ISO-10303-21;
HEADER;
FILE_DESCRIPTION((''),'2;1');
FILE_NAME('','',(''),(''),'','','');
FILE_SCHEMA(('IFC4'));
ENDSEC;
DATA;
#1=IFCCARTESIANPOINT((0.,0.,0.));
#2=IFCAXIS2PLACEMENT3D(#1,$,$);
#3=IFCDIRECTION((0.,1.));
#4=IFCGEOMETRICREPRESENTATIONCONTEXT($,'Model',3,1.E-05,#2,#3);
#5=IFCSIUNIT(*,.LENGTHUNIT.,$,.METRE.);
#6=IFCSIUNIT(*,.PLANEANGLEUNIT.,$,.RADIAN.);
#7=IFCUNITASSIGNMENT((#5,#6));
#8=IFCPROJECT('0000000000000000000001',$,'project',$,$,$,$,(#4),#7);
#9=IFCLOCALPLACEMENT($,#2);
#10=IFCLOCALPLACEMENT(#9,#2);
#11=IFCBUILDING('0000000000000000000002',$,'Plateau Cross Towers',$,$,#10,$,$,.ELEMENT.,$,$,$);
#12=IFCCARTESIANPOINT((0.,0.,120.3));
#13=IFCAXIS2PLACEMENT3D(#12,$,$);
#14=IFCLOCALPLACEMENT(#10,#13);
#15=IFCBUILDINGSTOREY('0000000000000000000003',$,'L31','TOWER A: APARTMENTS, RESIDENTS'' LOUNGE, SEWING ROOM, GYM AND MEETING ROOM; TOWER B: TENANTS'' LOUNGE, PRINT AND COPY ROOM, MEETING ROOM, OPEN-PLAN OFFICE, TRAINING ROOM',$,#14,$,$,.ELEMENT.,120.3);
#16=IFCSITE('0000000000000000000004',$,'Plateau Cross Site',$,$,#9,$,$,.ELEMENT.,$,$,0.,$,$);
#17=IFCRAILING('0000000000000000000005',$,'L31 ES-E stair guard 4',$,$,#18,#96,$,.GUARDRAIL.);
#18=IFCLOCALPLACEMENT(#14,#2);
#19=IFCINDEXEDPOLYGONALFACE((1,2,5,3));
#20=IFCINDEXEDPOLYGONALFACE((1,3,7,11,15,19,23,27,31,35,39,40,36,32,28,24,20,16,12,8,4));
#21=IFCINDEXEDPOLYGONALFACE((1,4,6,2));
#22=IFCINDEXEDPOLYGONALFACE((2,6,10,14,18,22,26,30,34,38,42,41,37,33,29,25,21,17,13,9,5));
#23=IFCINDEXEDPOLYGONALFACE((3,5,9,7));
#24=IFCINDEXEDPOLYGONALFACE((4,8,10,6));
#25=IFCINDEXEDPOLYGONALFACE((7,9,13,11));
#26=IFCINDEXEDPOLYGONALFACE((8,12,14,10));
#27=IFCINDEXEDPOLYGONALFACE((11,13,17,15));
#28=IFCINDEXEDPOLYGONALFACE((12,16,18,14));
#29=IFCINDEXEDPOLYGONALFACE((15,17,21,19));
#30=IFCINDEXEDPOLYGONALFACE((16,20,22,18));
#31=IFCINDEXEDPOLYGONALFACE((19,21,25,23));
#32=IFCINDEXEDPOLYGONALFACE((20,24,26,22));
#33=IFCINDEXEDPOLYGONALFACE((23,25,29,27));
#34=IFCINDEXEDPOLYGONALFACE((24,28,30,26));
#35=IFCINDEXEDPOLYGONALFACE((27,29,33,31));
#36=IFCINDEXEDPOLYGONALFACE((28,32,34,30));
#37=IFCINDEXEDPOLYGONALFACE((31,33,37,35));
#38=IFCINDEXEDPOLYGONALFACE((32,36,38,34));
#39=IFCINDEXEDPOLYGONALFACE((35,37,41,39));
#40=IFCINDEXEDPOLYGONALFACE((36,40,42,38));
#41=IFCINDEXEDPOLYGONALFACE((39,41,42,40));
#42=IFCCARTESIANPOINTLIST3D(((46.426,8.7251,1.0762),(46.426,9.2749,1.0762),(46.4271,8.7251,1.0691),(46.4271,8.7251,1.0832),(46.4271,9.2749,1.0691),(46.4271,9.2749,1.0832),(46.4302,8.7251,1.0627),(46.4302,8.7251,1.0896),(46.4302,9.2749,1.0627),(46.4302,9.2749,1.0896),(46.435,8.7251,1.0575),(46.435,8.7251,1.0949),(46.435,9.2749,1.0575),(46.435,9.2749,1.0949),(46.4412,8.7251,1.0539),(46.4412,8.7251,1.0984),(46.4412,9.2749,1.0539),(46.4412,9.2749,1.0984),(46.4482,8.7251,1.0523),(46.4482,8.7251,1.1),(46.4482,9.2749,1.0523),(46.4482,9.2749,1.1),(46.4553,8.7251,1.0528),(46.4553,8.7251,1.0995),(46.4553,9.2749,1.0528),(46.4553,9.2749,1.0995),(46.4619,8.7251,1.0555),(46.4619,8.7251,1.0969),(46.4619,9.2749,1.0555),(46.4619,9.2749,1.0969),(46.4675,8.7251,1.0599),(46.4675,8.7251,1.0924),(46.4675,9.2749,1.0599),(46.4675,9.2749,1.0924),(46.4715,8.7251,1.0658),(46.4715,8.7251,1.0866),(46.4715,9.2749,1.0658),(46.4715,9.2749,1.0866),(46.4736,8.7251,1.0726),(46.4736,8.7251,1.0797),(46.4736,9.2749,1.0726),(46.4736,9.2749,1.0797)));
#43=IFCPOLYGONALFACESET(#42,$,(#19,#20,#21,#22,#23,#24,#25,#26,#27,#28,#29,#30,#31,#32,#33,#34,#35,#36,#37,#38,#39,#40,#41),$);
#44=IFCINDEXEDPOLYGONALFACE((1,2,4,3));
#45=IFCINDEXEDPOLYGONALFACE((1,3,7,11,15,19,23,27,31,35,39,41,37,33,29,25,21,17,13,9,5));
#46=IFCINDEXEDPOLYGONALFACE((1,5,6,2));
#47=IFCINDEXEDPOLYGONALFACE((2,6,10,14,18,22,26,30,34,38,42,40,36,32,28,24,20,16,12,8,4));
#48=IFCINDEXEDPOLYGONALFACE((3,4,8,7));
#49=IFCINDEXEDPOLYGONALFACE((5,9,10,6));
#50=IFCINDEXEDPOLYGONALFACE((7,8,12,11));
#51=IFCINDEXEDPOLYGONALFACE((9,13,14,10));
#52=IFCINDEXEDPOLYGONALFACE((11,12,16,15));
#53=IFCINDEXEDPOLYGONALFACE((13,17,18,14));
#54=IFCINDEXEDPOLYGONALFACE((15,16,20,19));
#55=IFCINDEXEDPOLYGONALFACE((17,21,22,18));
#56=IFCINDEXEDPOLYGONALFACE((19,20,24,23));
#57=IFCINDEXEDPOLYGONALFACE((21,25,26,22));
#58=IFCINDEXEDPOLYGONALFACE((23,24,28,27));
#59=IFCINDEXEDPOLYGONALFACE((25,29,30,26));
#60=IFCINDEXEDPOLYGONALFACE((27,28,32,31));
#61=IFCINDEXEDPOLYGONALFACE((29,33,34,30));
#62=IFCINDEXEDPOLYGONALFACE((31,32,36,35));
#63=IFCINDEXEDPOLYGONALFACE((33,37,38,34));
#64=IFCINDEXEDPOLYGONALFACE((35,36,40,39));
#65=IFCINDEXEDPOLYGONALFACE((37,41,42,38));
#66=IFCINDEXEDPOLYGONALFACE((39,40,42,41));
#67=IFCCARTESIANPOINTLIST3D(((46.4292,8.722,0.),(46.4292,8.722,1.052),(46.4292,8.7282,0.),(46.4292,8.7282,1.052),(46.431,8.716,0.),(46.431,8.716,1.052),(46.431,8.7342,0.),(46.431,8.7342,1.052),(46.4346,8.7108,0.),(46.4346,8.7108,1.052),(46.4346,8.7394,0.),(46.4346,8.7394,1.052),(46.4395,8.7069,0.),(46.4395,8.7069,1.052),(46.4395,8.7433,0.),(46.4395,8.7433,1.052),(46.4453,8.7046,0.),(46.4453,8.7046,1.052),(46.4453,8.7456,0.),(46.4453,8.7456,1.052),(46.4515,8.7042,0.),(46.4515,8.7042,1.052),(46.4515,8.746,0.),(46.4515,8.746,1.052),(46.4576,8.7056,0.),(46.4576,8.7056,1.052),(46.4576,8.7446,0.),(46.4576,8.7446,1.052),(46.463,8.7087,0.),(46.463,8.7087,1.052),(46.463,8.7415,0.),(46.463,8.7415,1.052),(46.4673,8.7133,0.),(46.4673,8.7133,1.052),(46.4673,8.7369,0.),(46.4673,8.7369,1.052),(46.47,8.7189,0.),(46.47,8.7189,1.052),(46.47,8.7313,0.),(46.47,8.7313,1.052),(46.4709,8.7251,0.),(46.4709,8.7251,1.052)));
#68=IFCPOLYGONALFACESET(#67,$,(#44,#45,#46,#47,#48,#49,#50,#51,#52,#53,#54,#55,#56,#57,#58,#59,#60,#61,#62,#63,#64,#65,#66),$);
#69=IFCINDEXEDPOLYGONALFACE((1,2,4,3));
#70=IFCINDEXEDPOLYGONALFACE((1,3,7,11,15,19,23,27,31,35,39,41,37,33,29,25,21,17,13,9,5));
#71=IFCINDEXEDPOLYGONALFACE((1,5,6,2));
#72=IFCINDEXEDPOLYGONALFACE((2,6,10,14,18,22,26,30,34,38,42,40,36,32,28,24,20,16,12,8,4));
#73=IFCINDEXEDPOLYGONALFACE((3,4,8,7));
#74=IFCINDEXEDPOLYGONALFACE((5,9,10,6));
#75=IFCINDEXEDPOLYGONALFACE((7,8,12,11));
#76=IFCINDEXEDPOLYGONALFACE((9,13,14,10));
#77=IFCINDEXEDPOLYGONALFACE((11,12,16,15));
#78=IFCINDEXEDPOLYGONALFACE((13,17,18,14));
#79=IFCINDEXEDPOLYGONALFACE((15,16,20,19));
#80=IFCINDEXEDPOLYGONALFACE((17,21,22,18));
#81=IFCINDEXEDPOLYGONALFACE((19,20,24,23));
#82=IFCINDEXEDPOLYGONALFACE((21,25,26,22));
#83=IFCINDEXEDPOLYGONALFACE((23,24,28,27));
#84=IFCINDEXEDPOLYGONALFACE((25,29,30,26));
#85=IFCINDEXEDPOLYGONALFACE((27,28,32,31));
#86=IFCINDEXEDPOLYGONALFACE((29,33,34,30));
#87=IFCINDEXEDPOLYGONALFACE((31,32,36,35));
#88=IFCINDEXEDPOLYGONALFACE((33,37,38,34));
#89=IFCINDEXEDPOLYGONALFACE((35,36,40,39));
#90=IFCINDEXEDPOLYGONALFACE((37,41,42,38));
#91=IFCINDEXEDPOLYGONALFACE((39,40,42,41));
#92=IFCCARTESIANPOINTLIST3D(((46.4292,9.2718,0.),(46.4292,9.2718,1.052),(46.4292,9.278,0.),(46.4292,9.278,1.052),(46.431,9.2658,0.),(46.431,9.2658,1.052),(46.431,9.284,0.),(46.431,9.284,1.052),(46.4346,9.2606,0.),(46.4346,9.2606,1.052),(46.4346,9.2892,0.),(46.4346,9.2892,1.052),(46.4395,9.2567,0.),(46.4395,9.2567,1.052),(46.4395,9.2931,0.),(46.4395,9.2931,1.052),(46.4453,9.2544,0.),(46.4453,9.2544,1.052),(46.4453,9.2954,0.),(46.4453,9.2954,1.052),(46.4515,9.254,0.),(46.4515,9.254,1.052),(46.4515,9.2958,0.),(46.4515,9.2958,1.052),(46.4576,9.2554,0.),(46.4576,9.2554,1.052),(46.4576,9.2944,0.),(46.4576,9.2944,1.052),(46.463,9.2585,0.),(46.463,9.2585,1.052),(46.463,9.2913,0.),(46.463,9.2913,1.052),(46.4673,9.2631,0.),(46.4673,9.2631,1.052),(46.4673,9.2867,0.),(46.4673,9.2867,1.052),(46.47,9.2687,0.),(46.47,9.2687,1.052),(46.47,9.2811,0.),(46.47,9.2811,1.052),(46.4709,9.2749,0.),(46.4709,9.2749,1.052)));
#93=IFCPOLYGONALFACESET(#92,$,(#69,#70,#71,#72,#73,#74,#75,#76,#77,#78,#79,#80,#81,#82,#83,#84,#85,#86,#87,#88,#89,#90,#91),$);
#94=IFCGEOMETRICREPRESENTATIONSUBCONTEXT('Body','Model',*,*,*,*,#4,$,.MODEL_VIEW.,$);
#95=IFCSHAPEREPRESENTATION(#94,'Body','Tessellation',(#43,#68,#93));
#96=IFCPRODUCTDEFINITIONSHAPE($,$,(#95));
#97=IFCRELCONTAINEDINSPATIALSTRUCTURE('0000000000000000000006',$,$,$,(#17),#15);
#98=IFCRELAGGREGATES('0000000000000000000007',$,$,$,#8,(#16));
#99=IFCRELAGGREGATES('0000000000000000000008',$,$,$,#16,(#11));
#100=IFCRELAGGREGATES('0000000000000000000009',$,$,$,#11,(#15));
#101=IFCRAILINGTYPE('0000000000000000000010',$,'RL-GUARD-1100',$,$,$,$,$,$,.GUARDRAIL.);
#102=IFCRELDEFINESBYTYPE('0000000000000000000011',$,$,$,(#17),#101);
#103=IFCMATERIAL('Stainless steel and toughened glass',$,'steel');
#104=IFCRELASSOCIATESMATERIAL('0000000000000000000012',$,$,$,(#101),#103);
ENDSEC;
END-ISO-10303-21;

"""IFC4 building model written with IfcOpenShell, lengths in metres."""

from ifc_helpers import new_model, si_unit, direction, frame, origin, origin_2d, place, context, subcontext, project, spatial, circle, extrude, material, type_object, element, save


model = new_model("IFC4")

# Units and contexts
model_context = context("Model", 3, precision=1e-05, world=origin(), true_north=direction((0.0, 1.0)))
body_context = subcontext(model_context, "Body", "Model", "MODEL_VIEW")
ifc_project = project(units=[si_unit("LENGTHUNIT", "METRE"), si_unit("PLANEANGLEUNIT", "RADIAN")], contexts=[model_context])

# Site, building, storey
site_placement = place(None, origin())
site = spatial("IfcSite", under=ifc_project, at=site_placement, Name="Plateau Cross Site", CompositionType="ELEMENT", RefElevation=0.0)
building_placement = place(site_placement, origin())
building = spatial("IfcBuilding", under=site, at=building_placement, Name="Plateau Cross Towers", CompositionType="ELEMENT")
storey_placement = place(building_placement, frame((0.0, 0.0, 120.3)))
storey = spatial("IfcBuildingStorey", under=building, at=storey_placement, Name="L31", Description="TOWER A: APARTMENTS, RESIDENTS' LOUNGE, SEWING ROOM, GYM AND MEETING ROOM; TOWER B: TENANTS' LOUNGE, PRINT AND COPY ROOM, MEETING ROOM, OPEN-PLAN OFFICE, TRAINING ROOM", CompositionType="ELEMENT", Elevation=120.3)

# Railing
ifc_material_1 = material(Name="Stainless steel and toughened glass", Category="steel")
railing_type_1 = type_object("IfcRailingType", Name="RL-GUARD-1100", PredefinedType="GUARDRAIL", material=ifc_material_1)
railing_1_placement = place(storey_placement, frame((46.45, 8.7251, 0.0)))
element("IfcRailing", 1, at=railing_1_placement, inside=storey, type_object=railing_type_1, Name="L31 ES-E stair guard 4", PredefinedType="GUARDRAIL", context=body_context, shape_type="SweptSolid", body=[
    extrude(circle(Radius=0.0239, at=origin_2d()), frame((0.0, 0.0, 1.0762), z_axis=(0.0, 1.0, 0.0), x_axis=(-1.0, 0.0, 0.0)), (0.0, 0.0, 1.0), 0.5498),
    extrude(circle(Radius=0.021, at=origin_2d()), origin(), (0.0, 0.0, 1.0), 1.052),
    extrude(circle(Radius=0.021, at=origin_2d()), frame((0.0, 0.5498, 0.0)), (0.0, 0.0, 1.0), 1.052),
])

save(model, "model.ifc")
